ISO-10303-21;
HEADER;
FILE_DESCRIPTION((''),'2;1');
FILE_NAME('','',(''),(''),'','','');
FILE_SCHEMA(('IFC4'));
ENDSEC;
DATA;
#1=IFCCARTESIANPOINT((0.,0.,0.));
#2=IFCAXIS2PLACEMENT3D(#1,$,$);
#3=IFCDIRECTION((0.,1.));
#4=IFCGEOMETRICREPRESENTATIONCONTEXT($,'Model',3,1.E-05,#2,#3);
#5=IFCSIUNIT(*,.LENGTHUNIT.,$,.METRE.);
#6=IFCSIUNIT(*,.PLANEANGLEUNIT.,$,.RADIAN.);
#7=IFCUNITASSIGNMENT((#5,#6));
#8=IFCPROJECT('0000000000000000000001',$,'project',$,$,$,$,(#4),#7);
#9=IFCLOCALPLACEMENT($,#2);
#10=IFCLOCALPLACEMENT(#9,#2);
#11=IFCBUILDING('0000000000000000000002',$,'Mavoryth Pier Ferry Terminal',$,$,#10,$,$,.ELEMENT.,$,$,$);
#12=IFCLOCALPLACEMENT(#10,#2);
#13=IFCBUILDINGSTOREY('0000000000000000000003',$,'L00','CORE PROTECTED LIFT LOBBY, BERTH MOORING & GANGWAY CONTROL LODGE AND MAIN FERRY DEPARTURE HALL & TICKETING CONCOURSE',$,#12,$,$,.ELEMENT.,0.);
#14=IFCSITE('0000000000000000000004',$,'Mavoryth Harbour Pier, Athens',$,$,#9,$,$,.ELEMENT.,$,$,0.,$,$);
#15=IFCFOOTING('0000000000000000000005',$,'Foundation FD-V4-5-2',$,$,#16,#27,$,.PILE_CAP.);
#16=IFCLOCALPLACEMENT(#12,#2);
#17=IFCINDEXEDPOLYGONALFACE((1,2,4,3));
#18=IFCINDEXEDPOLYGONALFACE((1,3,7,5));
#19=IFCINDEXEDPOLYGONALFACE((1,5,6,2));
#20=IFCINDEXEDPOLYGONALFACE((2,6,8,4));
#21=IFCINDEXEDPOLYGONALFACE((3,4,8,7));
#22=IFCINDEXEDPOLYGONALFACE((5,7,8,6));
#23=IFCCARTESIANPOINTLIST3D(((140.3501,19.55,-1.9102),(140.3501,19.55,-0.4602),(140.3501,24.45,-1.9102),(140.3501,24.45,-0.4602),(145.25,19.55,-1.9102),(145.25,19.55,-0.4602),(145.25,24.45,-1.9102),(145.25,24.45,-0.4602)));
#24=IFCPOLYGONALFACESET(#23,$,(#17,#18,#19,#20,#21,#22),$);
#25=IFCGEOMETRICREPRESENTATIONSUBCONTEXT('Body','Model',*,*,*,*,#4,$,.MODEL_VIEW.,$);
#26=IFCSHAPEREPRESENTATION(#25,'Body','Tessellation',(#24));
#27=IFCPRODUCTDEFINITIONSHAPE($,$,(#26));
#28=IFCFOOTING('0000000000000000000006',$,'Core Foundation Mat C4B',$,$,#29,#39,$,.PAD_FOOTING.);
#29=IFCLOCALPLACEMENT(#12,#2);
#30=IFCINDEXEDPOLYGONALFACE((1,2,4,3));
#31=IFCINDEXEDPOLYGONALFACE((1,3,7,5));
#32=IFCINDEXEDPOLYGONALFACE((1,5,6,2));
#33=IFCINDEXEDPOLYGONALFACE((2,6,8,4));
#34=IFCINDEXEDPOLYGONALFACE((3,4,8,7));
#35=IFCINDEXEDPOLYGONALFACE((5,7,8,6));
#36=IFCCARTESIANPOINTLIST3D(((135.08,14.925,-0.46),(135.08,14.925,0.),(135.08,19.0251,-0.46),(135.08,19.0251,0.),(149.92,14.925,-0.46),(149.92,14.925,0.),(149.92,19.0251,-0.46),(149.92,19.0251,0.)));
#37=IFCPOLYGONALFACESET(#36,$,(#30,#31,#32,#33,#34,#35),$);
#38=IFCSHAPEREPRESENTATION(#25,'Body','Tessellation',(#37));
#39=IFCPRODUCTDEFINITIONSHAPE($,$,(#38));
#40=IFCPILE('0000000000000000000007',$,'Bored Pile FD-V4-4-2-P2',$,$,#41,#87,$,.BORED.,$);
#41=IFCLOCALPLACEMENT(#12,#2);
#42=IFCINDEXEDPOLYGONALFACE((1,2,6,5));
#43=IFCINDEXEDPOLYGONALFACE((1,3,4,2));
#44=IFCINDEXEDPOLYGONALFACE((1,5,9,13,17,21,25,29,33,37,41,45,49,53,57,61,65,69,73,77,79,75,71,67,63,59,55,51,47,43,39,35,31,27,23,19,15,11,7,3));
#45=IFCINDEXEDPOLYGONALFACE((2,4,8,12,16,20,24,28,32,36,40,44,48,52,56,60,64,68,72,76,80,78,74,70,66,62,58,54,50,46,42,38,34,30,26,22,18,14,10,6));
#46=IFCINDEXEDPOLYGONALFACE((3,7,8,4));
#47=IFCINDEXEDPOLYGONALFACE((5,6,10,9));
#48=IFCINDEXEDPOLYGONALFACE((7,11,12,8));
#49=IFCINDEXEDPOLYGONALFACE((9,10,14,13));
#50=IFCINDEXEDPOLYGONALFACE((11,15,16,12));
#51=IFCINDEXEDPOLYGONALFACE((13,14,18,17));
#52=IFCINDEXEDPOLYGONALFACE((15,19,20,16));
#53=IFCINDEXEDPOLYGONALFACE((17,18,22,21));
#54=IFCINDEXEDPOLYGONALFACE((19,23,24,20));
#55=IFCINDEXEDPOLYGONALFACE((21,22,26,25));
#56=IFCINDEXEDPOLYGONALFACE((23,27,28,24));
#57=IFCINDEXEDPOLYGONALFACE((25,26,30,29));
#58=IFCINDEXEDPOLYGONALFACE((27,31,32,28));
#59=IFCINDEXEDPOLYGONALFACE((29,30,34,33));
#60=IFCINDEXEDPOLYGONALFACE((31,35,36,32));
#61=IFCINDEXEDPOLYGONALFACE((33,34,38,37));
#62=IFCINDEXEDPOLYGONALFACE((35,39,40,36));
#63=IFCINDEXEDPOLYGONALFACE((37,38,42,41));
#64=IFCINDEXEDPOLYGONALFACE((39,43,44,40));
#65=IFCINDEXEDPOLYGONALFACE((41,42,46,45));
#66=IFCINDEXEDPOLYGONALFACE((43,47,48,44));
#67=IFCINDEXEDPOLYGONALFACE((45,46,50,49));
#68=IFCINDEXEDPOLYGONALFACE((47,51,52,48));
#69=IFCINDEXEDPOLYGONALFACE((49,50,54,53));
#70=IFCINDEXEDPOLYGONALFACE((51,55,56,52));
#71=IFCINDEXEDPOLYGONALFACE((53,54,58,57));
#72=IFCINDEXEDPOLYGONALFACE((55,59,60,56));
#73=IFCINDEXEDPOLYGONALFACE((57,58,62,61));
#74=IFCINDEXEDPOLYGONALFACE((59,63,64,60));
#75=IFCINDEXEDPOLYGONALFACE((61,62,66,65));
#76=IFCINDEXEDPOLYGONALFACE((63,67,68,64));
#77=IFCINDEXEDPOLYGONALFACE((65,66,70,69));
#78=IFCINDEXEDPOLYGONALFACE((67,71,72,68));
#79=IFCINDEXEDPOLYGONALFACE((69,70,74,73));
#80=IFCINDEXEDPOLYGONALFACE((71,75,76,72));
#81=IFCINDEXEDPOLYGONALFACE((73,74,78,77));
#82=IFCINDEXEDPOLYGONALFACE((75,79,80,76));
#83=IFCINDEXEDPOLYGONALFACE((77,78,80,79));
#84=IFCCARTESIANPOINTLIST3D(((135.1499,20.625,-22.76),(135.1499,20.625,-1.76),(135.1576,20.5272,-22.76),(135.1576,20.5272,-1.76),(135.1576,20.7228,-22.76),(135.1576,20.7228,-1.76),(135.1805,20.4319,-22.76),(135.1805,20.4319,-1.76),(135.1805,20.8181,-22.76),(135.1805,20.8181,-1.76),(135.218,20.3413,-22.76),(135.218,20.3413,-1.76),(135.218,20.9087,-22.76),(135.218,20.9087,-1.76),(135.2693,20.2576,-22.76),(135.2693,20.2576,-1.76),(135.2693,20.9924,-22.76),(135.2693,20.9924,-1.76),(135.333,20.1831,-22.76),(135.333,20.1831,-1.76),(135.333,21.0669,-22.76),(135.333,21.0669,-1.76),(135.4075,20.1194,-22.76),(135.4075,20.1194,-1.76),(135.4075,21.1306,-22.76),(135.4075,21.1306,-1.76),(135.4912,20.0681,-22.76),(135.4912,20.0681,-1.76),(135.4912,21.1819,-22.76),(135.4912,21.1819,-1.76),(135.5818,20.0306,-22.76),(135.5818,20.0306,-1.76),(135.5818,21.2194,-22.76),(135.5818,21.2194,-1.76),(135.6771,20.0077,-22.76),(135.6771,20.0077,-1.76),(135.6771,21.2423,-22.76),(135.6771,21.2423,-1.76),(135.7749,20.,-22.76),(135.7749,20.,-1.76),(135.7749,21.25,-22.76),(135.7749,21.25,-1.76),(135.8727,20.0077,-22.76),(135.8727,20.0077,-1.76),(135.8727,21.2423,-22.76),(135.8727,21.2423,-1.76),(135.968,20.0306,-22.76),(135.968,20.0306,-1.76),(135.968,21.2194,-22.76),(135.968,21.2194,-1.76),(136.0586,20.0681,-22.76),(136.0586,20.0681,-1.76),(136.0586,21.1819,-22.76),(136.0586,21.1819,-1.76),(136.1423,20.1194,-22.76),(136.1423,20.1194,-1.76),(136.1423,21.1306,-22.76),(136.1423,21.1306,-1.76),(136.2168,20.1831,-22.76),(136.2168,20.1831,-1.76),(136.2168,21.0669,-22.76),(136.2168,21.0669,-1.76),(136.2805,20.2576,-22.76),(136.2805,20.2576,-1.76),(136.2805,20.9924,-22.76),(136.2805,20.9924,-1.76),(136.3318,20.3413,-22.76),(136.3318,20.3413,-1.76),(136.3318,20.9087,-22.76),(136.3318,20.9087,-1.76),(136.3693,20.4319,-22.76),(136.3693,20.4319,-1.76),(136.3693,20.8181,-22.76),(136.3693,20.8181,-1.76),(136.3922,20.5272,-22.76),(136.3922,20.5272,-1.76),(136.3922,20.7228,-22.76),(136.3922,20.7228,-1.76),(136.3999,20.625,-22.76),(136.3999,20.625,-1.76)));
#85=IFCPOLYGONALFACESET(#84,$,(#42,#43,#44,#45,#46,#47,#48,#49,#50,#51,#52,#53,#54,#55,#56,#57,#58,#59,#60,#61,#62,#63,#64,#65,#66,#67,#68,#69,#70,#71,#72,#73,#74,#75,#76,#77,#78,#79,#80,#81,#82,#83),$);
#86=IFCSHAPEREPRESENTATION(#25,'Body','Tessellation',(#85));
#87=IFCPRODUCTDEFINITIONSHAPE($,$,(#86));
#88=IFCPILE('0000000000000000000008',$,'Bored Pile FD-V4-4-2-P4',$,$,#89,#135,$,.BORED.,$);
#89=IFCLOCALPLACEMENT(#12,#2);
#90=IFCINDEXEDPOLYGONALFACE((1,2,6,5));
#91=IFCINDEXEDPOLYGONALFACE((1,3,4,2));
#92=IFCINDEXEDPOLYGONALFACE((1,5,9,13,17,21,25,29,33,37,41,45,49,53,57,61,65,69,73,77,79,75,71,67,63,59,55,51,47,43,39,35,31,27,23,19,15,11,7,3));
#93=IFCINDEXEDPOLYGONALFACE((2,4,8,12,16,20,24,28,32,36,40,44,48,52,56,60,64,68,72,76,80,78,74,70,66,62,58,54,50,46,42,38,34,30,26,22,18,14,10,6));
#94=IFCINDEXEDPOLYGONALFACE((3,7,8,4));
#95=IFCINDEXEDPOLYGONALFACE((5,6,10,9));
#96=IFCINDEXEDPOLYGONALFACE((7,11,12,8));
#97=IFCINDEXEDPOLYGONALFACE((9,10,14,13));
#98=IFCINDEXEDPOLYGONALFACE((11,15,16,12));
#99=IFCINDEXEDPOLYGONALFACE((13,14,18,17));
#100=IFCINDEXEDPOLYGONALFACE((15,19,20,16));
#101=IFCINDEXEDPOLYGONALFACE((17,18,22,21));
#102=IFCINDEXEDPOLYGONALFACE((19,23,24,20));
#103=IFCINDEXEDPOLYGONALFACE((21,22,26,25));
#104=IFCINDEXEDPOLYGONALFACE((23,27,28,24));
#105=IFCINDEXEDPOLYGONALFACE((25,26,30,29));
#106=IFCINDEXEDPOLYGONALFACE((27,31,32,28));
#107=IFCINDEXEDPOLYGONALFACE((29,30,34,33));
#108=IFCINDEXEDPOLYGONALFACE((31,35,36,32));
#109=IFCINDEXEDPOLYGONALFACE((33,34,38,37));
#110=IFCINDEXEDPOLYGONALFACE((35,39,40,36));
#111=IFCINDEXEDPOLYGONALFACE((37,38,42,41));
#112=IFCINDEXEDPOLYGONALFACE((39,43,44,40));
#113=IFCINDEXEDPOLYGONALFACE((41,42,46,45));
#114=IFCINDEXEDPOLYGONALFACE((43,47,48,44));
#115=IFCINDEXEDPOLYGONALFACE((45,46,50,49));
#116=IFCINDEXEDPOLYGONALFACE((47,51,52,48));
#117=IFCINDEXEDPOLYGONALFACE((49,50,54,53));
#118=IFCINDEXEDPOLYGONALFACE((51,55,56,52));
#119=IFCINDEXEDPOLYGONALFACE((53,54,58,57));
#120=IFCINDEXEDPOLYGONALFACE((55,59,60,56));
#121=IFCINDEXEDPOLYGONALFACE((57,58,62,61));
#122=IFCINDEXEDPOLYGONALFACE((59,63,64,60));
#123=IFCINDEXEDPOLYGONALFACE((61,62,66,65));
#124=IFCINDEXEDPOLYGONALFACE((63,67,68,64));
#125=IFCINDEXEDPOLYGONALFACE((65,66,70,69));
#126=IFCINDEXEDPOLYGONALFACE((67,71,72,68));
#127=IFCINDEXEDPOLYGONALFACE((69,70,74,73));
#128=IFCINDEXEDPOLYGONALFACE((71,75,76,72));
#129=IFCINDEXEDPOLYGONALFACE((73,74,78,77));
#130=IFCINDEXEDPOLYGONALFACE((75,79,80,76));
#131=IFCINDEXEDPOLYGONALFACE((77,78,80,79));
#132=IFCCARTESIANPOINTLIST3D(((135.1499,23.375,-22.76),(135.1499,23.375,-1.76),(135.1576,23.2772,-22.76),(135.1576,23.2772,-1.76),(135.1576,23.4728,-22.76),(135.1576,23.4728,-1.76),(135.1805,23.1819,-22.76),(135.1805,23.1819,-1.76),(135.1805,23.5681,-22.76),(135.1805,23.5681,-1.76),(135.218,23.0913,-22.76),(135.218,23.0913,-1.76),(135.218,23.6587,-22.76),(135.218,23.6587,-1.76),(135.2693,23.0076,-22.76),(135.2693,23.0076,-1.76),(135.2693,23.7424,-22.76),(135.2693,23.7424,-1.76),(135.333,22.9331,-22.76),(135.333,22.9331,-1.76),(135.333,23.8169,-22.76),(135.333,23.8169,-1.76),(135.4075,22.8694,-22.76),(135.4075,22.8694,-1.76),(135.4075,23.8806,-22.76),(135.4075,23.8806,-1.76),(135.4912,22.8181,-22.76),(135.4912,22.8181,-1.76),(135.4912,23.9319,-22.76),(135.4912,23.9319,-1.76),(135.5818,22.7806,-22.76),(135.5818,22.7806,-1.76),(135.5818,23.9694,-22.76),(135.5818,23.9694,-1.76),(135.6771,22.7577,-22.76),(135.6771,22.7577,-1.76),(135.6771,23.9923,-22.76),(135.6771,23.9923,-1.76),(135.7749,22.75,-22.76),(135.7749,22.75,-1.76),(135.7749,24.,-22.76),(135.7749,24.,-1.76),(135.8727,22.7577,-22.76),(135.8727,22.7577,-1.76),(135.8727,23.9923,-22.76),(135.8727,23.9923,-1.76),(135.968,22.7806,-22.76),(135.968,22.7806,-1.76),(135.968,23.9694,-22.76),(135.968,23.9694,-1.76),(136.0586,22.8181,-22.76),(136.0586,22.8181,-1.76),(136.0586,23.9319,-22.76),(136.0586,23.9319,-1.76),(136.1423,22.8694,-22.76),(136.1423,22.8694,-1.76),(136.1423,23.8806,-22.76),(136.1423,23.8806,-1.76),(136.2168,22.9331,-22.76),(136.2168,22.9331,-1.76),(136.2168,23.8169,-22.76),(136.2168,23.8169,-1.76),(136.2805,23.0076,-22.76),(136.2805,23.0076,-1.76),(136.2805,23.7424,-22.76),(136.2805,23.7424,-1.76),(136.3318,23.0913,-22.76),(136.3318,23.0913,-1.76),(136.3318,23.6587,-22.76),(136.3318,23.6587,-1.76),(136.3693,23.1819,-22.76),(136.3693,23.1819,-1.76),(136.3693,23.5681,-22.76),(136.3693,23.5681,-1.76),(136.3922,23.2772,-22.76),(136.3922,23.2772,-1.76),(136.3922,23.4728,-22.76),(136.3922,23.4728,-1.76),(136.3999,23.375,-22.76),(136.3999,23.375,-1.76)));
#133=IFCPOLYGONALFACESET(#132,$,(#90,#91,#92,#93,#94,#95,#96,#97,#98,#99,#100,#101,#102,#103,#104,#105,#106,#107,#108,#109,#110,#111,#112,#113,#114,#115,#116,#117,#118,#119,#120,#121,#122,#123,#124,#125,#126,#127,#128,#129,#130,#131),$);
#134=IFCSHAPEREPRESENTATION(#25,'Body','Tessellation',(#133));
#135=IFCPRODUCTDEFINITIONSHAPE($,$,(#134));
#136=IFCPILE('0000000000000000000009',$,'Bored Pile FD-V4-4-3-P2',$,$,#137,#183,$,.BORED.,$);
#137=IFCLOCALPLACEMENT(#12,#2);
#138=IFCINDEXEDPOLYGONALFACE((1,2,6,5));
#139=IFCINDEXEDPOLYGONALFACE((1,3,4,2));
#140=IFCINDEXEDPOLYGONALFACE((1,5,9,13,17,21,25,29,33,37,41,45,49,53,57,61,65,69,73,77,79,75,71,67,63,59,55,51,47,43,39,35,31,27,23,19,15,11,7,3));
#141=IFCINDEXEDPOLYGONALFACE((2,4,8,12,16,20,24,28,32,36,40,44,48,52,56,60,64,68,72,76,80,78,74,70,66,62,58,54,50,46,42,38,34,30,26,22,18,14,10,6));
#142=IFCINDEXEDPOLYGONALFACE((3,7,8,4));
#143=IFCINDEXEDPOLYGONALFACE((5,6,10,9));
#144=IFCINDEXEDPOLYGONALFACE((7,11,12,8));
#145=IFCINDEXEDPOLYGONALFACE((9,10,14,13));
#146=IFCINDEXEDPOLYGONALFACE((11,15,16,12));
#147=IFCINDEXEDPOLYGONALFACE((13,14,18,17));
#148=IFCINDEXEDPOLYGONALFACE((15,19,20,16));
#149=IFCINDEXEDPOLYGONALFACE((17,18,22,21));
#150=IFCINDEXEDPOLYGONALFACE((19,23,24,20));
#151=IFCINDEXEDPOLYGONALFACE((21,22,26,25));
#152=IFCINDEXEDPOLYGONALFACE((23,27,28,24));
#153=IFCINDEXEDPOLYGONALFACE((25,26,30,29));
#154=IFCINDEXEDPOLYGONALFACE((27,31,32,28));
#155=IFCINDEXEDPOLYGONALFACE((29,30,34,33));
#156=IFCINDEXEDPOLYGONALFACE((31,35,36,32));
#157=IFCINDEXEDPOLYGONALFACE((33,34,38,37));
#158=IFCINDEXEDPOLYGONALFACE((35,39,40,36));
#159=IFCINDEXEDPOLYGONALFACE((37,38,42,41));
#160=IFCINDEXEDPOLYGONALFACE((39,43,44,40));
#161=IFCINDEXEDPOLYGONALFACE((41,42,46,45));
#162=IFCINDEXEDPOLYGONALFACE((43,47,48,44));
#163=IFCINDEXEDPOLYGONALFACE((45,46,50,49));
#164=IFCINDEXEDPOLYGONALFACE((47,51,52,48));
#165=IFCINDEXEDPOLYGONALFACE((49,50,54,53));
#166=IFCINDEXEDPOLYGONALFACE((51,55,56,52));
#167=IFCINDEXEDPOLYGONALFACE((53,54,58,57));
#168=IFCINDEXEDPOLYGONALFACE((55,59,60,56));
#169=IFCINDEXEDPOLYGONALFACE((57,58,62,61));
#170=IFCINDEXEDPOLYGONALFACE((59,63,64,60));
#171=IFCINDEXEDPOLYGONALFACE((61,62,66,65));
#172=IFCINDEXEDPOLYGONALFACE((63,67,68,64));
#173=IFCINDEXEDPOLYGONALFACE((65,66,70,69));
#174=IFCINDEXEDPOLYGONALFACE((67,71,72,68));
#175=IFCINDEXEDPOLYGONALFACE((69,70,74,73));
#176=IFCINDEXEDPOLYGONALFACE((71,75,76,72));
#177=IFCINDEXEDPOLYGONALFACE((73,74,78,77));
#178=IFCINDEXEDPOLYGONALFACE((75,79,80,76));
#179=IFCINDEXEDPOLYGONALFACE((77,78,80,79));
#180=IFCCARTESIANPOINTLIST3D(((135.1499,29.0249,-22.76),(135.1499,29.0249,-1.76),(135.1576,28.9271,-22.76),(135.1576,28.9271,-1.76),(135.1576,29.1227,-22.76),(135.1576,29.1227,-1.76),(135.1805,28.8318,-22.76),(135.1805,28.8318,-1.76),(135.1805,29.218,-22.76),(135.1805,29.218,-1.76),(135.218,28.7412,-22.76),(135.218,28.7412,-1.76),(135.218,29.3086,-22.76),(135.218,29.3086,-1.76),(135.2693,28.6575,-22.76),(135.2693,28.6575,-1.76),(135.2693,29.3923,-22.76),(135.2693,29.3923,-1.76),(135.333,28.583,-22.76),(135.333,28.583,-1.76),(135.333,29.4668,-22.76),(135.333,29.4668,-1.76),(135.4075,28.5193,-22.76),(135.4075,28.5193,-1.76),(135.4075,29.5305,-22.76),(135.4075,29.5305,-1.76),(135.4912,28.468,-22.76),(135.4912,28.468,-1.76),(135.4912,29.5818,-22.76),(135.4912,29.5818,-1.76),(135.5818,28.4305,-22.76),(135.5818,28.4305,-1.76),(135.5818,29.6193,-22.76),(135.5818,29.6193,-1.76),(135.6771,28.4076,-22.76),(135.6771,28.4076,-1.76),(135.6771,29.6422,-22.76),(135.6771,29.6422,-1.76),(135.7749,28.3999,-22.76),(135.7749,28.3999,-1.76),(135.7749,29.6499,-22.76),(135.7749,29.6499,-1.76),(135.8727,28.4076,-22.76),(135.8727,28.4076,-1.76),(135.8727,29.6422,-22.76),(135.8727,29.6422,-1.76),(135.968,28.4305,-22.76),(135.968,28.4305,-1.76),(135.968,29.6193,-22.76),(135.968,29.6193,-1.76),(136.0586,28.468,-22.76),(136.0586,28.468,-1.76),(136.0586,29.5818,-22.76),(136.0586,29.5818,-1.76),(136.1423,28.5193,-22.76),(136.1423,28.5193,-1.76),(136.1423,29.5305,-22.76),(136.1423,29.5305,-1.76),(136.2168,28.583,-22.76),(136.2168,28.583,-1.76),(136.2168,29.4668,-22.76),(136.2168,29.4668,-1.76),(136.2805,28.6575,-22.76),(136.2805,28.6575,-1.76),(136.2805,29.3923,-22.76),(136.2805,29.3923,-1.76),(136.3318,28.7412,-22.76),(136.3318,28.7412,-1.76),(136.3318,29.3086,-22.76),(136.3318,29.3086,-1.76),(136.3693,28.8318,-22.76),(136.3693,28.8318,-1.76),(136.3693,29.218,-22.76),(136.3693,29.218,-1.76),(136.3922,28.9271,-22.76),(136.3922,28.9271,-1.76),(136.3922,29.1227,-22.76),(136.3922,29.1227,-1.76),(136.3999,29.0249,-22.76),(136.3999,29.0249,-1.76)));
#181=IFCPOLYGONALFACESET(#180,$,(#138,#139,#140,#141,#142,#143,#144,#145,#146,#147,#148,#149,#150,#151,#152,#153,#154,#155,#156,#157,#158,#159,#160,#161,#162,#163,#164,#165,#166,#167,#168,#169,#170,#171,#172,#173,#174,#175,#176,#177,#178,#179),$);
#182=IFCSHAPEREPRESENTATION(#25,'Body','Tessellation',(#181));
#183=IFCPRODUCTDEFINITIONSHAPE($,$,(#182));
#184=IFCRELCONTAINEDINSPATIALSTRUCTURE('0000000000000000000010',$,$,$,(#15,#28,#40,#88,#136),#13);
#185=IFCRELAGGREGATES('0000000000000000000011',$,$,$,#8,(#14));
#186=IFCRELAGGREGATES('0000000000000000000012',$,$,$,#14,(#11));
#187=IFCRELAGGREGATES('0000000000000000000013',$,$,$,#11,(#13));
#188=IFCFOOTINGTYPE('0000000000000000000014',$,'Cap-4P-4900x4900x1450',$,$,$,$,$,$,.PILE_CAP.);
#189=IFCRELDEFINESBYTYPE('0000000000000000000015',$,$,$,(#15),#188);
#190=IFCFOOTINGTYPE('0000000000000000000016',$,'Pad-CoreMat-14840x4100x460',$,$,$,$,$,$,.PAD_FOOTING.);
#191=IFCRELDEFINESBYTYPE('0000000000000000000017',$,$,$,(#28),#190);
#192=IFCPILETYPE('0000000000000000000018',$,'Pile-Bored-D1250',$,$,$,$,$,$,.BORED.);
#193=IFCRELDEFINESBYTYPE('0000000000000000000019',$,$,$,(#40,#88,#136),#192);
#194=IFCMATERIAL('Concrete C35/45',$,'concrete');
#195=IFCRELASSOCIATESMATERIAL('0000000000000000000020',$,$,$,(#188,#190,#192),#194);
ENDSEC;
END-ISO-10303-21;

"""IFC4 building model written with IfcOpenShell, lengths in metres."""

from ifc_helpers import new_model, si_unit, direction, frame, origin, origin_2d, place, context, subcontext, project, spatial, rectangle, circle, extrude, material, material_profile, profile_set, type_object, element, save


model = new_model("IFC4")

# Units and contexts
model_context = context("Model", 3, precision=1e-05, world=origin(), true_north=direction((0.0, 1.0)))
body_context = subcontext(model_context, "Body", "Model", "MODEL_VIEW")
ifc_project = project(units=[si_unit("LENGTHUNIT", "METRE"), si_unit("PLANEANGLEUNIT", "RADIAN")], contexts=[model_context])

# Site, building, storey
site_placement = place(None, origin())
site = spatial("IfcSite", under=ifc_project, at=site_placement, Name="Mavoryth Harbour Pier, Athens", CompositionType="ELEMENT", RefElevation=0.0)
building_placement = place(site_placement, origin())
building = spatial("IfcBuilding", under=site, at=building_placement, Name="Mavoryth Pier Ferry Terminal", CompositionType="ELEMENT")
storey_placement = place(building_placement, origin())
storey = spatial("IfcBuildingStorey", under=building, at=storey_placement, Name="L00", Description="CORE PROTECTED LIFT LOBBY, BERTH MOORING & GANGWAY CONTROL LODGE AND MAIN FERRY DEPARTURE HALL & TICKETING CONCOURSE", CompositionType="ELEMENT", Elevation=0.0)

# Footings
ifc_material_1 = material(Name="Concrete C35/45", Category="concrete")
footing_type_1 = type_object("IfcFootingType", Name="Cap-4P-4900x4900x1450", PredefinedType="PILE_CAP", material=ifc_material_1)
footing_1_placement = place(storey_placement, frame((142.8, 22.0, -1.9102), z_axis=(0.0, 0.0, 1.0), x_axis=(1.0, 0.0, 0.0)))
element("IfcFooting", 1, at=footing_1_placement, inside=storey, type_object=footing_type_1, Name="Foundation FD-V4-5-2", PredefinedType="PILE_CAP", context=body_context, shape_type="SweptSolid", body=[
    extrude(rectangle(XDim=4.8999, YDim=4.8999, at=origin_2d()), origin(), (0.0, 0.0, 1.0), 1.45),
])
footing_type_2 = type_object("IfcFootingType", Name="Pad-CoreMat-14840x4100x460", PredefinedType="PAD_FOOTING", material=ifc_material_1)
footing_2_placement = place(storey_placement, frame((142.5, 16.9751, -0.46), z_axis=(0.0, 0.0, 1.0), x_axis=(1.0, 0.0, 0.0)))
element("IfcFooting", 2, at=footing_2_placement, inside=storey, type_object=footing_type_2, Name="Core Foundation Mat C4B", PredefinedType="PAD_FOOTING", context=body_context, shape_type="SweptSolid", body=[
    extrude(rectangle(XDim=14.8401, YDim=4.1001, at=origin_2d()), origin(), (0.0, 0.0, 1.0), 0.46),
])

# Piles
ifc_material_profile_1 = material_profile(ifc_material_1, circle(Radius=0.625, at=origin_2d()), Name="PILE D1250", Category="concrete")
ifc_profile_set_1 = profile_set([ifc_material_profile_1], Name="Concrete C35/45 - PILE D1250")
pile_type = type_object("IfcPileType", Name="Pile-Bored-D1250", PredefinedType="BORED", material=ifc_profile_set_1)
for number, where, z_axis, x_axis, name in (
    (3, (135.7749, 20.625, -1.76), (0.0, 0.0, -1.0), (1.0, 0.0, 0.0), "Bored Pile FD-V4-4-2-P2"),
    (4, (135.7749, 23.375, -1.76), (0.0, 0.0, -1.0), (1.0, 0.0, 0.0), "Bored Pile FD-V4-4-2-P4"),
    (5, (135.7749, 29.0249, -1.76), (0.0, 0.0, -1.0), (1.0, 0.0, 0.0), "Bored Pile FD-V4-4-3-P2"),
):
    element("IfcPile", number, at=place(storey_placement, frame(where, z_axis=z_axis, x_axis=x_axis)), inside=storey, type_object=pile_type, Name=name, PredefinedType="BORED", context=body_context, shape_type="SweptSolid", body=[
        extrude(circle(Radius=0.625, at=origin_2d()), origin(), (0.0, 0.0, 1.0), 21.0),
    ])

save(model, "model.ifc")
